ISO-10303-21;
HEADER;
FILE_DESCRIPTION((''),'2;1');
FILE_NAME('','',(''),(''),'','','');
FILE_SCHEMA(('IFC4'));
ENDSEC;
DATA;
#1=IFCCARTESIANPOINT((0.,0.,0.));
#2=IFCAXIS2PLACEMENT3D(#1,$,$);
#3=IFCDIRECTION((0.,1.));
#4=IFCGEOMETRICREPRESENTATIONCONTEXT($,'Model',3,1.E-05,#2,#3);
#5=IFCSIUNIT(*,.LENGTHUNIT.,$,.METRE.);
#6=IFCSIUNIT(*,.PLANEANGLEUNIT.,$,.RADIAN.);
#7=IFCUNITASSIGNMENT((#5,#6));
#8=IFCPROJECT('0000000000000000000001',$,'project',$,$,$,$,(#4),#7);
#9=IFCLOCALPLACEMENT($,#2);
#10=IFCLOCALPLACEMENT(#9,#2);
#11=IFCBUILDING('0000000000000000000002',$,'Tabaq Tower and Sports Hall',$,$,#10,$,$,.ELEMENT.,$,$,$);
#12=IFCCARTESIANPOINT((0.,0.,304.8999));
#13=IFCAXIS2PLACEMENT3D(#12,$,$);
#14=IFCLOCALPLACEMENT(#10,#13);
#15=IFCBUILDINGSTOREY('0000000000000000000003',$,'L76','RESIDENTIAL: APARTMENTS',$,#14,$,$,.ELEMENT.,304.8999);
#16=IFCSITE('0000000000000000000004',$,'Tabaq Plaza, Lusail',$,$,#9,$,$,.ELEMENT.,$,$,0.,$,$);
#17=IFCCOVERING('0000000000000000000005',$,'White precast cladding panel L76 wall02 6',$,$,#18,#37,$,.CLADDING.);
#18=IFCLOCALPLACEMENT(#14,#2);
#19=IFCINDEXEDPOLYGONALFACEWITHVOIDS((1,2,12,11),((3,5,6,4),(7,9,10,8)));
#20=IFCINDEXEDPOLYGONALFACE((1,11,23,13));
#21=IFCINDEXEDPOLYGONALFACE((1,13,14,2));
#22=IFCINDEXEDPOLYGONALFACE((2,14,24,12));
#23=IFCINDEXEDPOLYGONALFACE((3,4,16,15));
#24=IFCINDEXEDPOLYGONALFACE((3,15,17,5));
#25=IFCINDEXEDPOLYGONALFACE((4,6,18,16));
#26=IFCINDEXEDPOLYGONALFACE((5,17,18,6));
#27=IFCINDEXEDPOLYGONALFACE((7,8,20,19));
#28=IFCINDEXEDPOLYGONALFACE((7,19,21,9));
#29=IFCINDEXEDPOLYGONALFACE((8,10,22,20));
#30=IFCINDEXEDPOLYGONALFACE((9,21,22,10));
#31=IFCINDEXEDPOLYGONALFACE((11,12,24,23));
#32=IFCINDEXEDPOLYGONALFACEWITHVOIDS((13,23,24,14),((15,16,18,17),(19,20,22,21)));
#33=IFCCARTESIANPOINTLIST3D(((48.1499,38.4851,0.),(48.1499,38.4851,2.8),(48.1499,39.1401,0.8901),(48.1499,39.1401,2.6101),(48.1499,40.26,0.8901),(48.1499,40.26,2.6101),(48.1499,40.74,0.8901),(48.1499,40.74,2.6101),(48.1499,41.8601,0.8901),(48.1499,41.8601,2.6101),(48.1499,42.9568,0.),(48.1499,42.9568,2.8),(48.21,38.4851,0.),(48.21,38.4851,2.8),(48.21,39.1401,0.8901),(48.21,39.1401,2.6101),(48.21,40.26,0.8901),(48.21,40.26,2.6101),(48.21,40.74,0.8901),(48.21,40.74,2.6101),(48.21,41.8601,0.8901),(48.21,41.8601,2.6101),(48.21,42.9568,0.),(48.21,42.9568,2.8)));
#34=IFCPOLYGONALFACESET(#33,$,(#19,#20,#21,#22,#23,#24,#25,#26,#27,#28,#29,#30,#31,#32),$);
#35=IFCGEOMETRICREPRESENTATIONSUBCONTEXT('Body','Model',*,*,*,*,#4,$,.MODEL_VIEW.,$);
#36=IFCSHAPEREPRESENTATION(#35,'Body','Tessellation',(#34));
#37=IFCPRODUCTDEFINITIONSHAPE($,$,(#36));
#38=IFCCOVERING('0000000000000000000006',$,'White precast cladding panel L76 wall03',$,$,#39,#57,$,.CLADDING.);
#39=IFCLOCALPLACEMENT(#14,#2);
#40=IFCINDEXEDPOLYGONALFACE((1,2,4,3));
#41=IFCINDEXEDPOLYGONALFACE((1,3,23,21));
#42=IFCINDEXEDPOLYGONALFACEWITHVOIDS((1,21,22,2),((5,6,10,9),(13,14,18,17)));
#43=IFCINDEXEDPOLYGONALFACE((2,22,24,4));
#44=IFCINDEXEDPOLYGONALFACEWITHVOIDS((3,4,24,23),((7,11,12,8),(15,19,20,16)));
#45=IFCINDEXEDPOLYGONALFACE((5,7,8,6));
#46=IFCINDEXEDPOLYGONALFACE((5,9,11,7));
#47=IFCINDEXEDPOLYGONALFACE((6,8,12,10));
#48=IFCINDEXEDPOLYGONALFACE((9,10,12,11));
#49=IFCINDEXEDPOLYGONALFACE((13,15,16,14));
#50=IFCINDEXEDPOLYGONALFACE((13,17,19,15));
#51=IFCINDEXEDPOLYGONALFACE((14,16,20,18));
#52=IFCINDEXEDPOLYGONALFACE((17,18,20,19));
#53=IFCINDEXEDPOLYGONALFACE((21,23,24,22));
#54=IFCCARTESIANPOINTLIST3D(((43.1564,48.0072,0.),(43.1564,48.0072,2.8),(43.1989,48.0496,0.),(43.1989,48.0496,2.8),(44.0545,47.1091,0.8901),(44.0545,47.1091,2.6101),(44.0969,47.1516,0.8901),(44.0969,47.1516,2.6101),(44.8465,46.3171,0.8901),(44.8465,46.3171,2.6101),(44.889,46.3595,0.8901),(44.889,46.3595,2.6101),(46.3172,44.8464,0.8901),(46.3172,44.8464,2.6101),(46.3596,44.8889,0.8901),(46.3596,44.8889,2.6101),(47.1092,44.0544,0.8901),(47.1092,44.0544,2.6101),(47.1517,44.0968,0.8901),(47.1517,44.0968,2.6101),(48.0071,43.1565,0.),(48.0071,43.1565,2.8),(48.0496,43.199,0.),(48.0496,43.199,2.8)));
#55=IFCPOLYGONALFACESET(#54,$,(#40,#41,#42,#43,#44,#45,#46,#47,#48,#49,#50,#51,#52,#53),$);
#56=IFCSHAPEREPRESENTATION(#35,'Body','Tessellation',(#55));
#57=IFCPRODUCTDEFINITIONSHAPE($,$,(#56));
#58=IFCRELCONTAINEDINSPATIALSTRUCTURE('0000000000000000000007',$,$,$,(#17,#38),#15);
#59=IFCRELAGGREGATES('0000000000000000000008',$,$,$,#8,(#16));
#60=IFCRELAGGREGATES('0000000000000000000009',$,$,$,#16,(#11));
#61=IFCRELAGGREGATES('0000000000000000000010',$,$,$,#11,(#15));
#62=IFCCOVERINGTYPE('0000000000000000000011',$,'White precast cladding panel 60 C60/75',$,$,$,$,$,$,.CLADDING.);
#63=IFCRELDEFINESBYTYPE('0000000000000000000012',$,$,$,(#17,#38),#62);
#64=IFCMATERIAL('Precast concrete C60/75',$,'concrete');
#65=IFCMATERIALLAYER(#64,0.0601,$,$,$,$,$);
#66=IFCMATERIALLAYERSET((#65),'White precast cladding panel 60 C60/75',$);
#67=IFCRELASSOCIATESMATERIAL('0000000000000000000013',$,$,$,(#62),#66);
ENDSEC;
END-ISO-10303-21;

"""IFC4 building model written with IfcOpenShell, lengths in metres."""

from ifc_helpers import new_model, si_unit, direction, frame, origin, place, context, subcontext, project, spatial, polyline, outline, extrude, material, layer, layer_set, type_object, element, save


model = new_model("IFC4")

# Units and contexts
model_context = context("Model", 3, precision=1e-05, world=origin(), true_north=direction((0.0, 1.0)))
body_context = subcontext(model_context, "Body", "Model", "MODEL_VIEW")
ifc_project = project(units=[si_unit("LENGTHUNIT", "METRE"), si_unit("PLANEANGLEUNIT", "RADIAN")], contexts=[model_context])

# Site, building, storey
site_placement = place(None, origin())
site = spatial("IfcSite", under=ifc_project, at=site_placement, Name="Tabaq Plaza, Lusail", CompositionType="ELEMENT", RefElevation=0.0)
building_placement = place(site_placement, origin())
building = spatial("IfcBuilding", under=site, at=building_placement, Name="Tabaq Tower and Sports Hall", CompositionType="ELEMENT")
storey_placement = place(building_placement, frame((0.0, 0.0, 304.8999)))
storey = spatial("IfcBuildingStorey", under=building, at=storey_placement, Name="L76", Description="RESIDENTIAL: APARTMENTS", CompositionType="ELEMENT", Elevation=304.8999)

# Coverings
ifc_material_1 = material(Name="Precast concrete C60/75", Category="concrete")
ifc_layer_1 = layer(ifc_material_1, 0.0601)
ifc_layer_set_1 = layer_set([ifc_layer_1], Name="White precast cladding panel 60 C60/75")
covering_type_1 = type_object("IfcCoveringType", Name="White precast cladding panel 60 C60/75", PredefinedType="CLADDING", material=ifc_layer_set_1)
covering_1_placement = place(storey_placement, frame((48.1799, 38.4851, 0.0), z_axis=(0.0, 0.0, 1.0), x_axis=(0.0, 1.0, 0.0)))
element("IfcCovering", 1, at=covering_1_placement, inside=storey, type_object=covering_type_1, Name="White precast cladding panel L76 wall02 6", PredefinedType="CLADDING", context=body_context, shape_type="SweptSolid", body=[
    extrude(outline(polyline([(0.0, 0.0), (4.4717, 0.0), (4.4717, 2.8), (0.0, 2.8), (0.0, 0.0)]), holes=[polyline([(0.655, 2.6101), (1.7749, 2.6101), (1.7749, 0.8901), (0.655, 0.8901), (0.655, 2.6101)]), polyline([(2.2549, 2.6101), (3.375, 2.6101), (3.375, 0.8901), (2.2549, 0.8901), (2.2549, 2.6101)])]), frame((0.0, 0.03, 0.0), z_axis=(0.0, -1.0, 0.0), x_axis=(1.0, 0.0, 0.0)), (0.0, 0.0, 1.0), 0.0601),
])
covering_2_placement = place(storey_placement, frame((48.0283, 43.1777, 0.0), z_axis=(0.0, 0.0, 1.0), x_axis=(-0.707107, 0.707107, 0.0)))
element("IfcCovering", 2, at=covering_2_placement, inside=storey, type_object=covering_type_1, Name="White precast cladding panel L76 wall03", PredefinedType="CLADDING", context=body_context, shape_type="SweptSolid", body=[
    extrude(outline(polyline([(0.0, 0.0), (6.8599, 0.0), (6.8599, 2.8), (0.0, 2.8), (0.0, 0.0)]), holes=[polyline([(1.2698, 2.6101), (2.3899, 2.6101), (2.3899, 0.8901), (1.2698, 0.8901), (1.2698, 2.6101)]), polyline([(4.4697, 2.6101), (5.5898, 2.6101), (5.5898, 0.8901), (4.4697, 0.8901), (4.4697, 2.6101)])]), frame((0.0, 0.03, 0.0), z_axis=(0.0, -1.0, 0.0), x_axis=(1.0, 0.0, 0.0)), (0.0, 0.0, 1.0), 0.0601),
])

save(model, "model.ifc")
